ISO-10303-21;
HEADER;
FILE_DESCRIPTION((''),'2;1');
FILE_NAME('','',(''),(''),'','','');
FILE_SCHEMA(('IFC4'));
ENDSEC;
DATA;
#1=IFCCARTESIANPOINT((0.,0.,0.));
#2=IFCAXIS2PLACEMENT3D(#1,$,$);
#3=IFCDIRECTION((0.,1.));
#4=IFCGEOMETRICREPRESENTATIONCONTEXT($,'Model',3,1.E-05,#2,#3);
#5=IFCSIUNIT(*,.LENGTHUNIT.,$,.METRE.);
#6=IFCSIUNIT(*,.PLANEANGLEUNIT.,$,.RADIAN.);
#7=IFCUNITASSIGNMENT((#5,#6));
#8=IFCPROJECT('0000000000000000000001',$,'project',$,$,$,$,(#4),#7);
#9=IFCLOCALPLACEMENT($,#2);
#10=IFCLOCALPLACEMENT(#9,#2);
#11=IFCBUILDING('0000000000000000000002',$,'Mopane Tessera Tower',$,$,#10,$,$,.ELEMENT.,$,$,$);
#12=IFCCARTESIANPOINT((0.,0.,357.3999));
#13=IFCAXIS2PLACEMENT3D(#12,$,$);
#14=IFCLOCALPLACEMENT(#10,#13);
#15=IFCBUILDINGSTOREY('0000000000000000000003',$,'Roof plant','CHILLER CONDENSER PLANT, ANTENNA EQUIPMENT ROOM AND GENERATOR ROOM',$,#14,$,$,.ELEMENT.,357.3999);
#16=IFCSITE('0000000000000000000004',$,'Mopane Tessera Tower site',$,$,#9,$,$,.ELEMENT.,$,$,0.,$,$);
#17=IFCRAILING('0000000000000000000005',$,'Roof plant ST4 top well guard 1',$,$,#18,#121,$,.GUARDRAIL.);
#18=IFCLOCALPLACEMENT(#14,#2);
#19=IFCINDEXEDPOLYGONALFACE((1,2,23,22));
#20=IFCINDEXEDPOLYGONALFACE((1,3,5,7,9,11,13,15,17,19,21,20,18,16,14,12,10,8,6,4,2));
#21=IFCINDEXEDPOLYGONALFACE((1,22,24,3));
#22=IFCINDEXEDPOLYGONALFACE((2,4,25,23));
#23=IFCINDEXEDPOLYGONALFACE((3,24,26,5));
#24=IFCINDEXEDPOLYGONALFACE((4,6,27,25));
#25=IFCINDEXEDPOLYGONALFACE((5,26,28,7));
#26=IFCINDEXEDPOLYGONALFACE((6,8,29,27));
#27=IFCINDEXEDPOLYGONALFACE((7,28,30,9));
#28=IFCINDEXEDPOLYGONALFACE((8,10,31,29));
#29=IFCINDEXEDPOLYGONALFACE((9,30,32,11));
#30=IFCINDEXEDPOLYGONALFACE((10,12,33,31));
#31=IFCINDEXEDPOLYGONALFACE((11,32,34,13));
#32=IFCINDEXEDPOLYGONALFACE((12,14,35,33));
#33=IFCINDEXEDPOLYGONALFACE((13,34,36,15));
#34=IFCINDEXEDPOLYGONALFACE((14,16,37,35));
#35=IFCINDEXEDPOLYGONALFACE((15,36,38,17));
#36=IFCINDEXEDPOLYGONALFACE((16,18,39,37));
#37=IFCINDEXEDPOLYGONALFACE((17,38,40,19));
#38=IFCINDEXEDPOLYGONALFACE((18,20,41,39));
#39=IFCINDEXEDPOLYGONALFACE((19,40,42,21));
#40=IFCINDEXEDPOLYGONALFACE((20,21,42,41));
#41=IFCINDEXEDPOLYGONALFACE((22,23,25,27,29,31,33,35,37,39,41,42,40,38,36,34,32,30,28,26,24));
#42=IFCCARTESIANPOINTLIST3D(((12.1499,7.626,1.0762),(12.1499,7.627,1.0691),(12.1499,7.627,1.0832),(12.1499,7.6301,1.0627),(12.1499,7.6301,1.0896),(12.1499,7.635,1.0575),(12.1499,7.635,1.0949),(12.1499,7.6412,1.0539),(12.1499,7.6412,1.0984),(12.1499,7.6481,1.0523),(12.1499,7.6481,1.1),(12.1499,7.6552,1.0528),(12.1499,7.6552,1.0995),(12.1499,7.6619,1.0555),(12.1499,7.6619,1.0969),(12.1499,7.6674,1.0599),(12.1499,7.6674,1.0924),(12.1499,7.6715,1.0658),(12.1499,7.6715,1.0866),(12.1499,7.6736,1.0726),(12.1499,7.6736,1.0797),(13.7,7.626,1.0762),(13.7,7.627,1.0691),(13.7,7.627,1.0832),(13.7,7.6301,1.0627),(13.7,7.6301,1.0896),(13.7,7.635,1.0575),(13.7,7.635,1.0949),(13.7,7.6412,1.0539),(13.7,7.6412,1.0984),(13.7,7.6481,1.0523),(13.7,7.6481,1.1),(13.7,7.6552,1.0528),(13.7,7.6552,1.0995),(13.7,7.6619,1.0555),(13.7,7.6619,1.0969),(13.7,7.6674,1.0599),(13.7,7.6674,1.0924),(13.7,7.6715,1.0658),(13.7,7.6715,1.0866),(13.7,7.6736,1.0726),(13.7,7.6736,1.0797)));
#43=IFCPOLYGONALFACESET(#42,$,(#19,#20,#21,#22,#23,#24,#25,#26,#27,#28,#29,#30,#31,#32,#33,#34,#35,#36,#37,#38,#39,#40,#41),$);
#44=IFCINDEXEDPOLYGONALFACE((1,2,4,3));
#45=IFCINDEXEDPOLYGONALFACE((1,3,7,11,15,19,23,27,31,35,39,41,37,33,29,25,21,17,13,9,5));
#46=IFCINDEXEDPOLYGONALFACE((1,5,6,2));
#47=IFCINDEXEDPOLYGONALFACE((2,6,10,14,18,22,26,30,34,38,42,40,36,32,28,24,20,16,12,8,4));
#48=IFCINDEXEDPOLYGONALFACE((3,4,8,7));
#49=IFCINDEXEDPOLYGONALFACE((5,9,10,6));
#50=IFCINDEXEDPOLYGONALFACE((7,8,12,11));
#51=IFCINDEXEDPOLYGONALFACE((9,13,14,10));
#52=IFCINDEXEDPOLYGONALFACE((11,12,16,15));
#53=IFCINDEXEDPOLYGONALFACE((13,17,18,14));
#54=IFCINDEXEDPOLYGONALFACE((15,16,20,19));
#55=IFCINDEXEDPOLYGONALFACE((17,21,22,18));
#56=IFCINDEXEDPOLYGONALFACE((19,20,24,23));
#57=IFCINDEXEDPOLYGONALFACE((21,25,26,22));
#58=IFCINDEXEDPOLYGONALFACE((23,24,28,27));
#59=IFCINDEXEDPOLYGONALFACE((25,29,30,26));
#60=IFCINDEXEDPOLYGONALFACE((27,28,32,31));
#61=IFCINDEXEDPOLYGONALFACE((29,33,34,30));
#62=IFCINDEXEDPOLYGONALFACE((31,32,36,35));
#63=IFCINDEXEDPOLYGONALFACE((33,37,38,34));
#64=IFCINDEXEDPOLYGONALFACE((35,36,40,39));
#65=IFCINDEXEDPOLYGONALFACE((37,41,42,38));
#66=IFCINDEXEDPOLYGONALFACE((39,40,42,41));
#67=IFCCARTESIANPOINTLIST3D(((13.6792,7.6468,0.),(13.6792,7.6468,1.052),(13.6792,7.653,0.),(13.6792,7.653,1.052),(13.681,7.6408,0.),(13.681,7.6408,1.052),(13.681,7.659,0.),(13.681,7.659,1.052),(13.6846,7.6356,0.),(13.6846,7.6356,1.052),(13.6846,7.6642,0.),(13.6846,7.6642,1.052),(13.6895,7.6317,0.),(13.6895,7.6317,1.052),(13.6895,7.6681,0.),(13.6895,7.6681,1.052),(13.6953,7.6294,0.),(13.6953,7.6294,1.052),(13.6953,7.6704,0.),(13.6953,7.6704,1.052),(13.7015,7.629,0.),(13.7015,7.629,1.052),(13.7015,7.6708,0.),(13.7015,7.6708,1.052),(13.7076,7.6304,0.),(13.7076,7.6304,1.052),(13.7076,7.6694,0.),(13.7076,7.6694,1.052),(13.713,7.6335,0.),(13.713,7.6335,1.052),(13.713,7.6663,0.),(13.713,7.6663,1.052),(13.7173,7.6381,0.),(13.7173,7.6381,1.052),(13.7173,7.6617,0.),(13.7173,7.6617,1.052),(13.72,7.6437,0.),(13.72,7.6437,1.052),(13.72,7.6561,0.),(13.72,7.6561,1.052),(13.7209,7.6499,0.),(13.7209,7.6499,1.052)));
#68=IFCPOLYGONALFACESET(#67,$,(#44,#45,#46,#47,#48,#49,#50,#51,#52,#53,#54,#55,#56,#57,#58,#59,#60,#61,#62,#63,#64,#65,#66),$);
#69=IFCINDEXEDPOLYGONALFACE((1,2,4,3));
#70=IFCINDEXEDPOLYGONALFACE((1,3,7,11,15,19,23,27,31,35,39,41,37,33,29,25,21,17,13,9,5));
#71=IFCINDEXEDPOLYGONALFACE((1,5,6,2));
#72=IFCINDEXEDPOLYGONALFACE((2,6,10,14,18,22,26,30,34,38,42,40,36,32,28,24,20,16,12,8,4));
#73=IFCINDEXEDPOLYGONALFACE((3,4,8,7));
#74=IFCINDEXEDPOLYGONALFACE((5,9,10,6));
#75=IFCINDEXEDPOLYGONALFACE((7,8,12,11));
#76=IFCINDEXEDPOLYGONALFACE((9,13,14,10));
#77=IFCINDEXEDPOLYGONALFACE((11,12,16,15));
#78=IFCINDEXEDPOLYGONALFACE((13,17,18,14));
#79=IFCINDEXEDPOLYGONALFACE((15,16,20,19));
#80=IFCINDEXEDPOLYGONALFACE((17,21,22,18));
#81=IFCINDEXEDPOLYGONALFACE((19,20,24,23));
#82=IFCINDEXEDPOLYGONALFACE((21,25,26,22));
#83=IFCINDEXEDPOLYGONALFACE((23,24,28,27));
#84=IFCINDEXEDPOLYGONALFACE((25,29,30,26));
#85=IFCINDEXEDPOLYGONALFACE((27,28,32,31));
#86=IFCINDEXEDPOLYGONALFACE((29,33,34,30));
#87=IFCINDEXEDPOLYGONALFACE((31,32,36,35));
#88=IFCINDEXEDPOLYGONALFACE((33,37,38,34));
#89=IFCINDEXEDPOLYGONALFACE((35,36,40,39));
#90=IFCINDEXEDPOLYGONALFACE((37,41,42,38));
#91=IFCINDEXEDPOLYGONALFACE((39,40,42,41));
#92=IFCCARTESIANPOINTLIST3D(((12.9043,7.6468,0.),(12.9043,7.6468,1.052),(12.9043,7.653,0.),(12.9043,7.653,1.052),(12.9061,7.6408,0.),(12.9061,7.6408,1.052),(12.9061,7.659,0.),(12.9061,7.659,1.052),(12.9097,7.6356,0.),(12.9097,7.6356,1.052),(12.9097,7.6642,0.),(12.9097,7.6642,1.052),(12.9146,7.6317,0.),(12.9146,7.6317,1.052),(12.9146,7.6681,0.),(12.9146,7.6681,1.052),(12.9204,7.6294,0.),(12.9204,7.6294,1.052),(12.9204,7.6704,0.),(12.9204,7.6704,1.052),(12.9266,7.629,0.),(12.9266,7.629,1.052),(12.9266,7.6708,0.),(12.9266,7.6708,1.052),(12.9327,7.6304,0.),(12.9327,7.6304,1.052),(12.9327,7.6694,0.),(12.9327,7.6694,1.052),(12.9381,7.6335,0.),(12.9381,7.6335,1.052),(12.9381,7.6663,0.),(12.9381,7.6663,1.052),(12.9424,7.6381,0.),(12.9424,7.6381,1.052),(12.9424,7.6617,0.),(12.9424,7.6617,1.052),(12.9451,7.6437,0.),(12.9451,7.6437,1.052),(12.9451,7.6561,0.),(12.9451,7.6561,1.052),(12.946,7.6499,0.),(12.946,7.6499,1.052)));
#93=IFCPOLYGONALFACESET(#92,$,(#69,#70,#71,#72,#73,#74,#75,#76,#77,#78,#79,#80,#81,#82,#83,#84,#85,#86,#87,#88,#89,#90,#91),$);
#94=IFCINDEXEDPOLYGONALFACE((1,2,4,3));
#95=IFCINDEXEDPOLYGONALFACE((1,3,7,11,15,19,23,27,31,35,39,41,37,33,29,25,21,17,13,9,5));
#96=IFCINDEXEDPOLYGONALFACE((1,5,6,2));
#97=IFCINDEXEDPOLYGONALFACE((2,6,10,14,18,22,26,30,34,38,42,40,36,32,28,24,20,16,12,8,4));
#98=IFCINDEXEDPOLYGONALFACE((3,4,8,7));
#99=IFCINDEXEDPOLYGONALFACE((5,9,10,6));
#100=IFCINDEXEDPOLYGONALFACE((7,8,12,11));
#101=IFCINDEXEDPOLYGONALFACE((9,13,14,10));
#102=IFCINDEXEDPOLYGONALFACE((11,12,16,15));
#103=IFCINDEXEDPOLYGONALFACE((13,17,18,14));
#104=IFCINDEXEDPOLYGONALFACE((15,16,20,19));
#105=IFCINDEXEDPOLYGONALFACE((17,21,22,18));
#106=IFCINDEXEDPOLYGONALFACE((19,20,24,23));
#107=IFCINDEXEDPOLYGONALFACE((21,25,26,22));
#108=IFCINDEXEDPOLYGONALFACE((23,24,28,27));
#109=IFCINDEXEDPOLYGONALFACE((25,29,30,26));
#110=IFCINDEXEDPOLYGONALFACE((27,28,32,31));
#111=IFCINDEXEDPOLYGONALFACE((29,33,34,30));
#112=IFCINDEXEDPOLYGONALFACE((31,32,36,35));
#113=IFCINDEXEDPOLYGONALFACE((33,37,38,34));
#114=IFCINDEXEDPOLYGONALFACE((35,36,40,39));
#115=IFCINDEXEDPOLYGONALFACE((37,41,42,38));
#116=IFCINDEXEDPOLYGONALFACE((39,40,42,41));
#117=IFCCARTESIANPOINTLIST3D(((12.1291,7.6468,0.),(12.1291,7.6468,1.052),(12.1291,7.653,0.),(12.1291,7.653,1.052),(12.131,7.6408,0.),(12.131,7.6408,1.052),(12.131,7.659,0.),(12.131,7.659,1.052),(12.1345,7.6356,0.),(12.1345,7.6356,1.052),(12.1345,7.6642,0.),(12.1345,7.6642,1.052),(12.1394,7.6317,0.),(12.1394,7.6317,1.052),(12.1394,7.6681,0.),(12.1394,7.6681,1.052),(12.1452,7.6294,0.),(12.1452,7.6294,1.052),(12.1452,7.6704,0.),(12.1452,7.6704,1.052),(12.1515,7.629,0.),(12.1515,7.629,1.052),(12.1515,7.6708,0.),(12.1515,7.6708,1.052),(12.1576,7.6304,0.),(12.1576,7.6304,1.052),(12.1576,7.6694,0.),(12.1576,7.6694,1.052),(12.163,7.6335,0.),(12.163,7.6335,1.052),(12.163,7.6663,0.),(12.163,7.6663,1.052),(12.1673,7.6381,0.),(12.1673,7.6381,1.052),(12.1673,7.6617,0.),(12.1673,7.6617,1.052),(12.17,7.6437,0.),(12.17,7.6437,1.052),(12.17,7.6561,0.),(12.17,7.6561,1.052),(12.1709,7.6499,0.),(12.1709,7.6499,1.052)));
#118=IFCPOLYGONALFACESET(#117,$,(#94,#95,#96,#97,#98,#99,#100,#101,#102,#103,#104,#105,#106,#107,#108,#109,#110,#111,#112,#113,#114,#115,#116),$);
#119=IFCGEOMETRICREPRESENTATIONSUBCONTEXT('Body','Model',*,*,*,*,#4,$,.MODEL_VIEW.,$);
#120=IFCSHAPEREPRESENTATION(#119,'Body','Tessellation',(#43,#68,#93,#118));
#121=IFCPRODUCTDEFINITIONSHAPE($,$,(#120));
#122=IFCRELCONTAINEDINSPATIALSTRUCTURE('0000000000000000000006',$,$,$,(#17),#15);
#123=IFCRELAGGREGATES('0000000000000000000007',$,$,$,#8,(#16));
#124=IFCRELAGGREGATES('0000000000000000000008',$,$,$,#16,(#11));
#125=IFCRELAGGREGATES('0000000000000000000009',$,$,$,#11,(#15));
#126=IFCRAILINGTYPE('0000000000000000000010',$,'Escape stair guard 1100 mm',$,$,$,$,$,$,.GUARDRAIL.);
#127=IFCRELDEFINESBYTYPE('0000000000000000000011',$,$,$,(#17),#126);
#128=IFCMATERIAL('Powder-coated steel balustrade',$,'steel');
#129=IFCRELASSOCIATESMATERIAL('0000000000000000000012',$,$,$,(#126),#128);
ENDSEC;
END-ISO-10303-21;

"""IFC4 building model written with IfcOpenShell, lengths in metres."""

from ifc_helpers import new_model, si_unit, direction, frame, origin, origin_2d, place, context, subcontext, project, spatial, circle, extrude, material, type_object, element, save


model = new_model("IFC4")

# Units and contexts
model_context = context("Model", 3, precision=1e-05, world=origin(), true_north=direction((0.0, 1.0)))
body_context = subcontext(model_context, "Body", "Model", "MODEL_VIEW")
ifc_project = project(units=[si_unit("LENGTHUNIT", "METRE"), si_unit("PLANEANGLEUNIT", "RADIAN")], contexts=[model_context])

# Site, building, storey
site_placement = place(None, origin())
site = spatial("IfcSite", under=ifc_project, at=site_placement, Name="Mopane Tessera Tower site", CompositionType="ELEMENT", RefElevation=0.0)
building_placement = place(site_placement, origin())
building = spatial("IfcBuilding", under=site, at=building_placement, Name="Mopane Tessera Tower", CompositionType="ELEMENT")
storey_placement = place(building_placement, frame((0.0, 0.0, 357.3999)))
storey = spatial("IfcBuildingStorey", under=building, at=storey_placement, Name="Roof plant", Description="CHILLER CONDENSER PLANT, ANTENNA EQUIPMENT ROOM AND GENERATOR ROOM", CompositionType="ELEMENT", Elevation=357.3999)

# Railing
ifc_material_1 = material(Name="Powder-coated steel balustrade", Category="steel")
railing_type = type_object("IfcRailingType", Name="Escape stair guard 1100 mm", PredefinedType="GUARDRAIL", material=ifc_material_1)
railing_placement = place(storey_placement, frame((13.7, 7.6499, 0.0)))
element("IfcRailing", 1, at=railing_placement, inside=storey, type_object=railing_type, Name="Roof plant ST4 top well guard 1", PredefinedType="GUARDRAIL", context=body_context, shape_type="SweptSolid", body=[
    extrude(circle(Radius=0.0239, at=origin_2d()), frame((0.0, 0.0, 1.0762), z_axis=(-1.0, 0.0, 0.0), x_axis=(0.0, -1.0, 0.0)), (0.0, 0.0, 1.0), 1.55),
    extrude(circle(Radius=0.021, at=origin_2d()), origin(), (0.0, 0.0, 1.0), 1.052),
    extrude(circle(Radius=0.021, at=origin_2d()), frame((-0.7749, 0.0, 0.0)), (0.0, 0.0, 1.0), 1.052),
    extrude(circle(Radius=0.021, at=origin_2d()), frame((-1.55, 0.0, 0.0)), (0.0, 0.0, 1.0), 1.052),
])

save(model, "model.ifc")
